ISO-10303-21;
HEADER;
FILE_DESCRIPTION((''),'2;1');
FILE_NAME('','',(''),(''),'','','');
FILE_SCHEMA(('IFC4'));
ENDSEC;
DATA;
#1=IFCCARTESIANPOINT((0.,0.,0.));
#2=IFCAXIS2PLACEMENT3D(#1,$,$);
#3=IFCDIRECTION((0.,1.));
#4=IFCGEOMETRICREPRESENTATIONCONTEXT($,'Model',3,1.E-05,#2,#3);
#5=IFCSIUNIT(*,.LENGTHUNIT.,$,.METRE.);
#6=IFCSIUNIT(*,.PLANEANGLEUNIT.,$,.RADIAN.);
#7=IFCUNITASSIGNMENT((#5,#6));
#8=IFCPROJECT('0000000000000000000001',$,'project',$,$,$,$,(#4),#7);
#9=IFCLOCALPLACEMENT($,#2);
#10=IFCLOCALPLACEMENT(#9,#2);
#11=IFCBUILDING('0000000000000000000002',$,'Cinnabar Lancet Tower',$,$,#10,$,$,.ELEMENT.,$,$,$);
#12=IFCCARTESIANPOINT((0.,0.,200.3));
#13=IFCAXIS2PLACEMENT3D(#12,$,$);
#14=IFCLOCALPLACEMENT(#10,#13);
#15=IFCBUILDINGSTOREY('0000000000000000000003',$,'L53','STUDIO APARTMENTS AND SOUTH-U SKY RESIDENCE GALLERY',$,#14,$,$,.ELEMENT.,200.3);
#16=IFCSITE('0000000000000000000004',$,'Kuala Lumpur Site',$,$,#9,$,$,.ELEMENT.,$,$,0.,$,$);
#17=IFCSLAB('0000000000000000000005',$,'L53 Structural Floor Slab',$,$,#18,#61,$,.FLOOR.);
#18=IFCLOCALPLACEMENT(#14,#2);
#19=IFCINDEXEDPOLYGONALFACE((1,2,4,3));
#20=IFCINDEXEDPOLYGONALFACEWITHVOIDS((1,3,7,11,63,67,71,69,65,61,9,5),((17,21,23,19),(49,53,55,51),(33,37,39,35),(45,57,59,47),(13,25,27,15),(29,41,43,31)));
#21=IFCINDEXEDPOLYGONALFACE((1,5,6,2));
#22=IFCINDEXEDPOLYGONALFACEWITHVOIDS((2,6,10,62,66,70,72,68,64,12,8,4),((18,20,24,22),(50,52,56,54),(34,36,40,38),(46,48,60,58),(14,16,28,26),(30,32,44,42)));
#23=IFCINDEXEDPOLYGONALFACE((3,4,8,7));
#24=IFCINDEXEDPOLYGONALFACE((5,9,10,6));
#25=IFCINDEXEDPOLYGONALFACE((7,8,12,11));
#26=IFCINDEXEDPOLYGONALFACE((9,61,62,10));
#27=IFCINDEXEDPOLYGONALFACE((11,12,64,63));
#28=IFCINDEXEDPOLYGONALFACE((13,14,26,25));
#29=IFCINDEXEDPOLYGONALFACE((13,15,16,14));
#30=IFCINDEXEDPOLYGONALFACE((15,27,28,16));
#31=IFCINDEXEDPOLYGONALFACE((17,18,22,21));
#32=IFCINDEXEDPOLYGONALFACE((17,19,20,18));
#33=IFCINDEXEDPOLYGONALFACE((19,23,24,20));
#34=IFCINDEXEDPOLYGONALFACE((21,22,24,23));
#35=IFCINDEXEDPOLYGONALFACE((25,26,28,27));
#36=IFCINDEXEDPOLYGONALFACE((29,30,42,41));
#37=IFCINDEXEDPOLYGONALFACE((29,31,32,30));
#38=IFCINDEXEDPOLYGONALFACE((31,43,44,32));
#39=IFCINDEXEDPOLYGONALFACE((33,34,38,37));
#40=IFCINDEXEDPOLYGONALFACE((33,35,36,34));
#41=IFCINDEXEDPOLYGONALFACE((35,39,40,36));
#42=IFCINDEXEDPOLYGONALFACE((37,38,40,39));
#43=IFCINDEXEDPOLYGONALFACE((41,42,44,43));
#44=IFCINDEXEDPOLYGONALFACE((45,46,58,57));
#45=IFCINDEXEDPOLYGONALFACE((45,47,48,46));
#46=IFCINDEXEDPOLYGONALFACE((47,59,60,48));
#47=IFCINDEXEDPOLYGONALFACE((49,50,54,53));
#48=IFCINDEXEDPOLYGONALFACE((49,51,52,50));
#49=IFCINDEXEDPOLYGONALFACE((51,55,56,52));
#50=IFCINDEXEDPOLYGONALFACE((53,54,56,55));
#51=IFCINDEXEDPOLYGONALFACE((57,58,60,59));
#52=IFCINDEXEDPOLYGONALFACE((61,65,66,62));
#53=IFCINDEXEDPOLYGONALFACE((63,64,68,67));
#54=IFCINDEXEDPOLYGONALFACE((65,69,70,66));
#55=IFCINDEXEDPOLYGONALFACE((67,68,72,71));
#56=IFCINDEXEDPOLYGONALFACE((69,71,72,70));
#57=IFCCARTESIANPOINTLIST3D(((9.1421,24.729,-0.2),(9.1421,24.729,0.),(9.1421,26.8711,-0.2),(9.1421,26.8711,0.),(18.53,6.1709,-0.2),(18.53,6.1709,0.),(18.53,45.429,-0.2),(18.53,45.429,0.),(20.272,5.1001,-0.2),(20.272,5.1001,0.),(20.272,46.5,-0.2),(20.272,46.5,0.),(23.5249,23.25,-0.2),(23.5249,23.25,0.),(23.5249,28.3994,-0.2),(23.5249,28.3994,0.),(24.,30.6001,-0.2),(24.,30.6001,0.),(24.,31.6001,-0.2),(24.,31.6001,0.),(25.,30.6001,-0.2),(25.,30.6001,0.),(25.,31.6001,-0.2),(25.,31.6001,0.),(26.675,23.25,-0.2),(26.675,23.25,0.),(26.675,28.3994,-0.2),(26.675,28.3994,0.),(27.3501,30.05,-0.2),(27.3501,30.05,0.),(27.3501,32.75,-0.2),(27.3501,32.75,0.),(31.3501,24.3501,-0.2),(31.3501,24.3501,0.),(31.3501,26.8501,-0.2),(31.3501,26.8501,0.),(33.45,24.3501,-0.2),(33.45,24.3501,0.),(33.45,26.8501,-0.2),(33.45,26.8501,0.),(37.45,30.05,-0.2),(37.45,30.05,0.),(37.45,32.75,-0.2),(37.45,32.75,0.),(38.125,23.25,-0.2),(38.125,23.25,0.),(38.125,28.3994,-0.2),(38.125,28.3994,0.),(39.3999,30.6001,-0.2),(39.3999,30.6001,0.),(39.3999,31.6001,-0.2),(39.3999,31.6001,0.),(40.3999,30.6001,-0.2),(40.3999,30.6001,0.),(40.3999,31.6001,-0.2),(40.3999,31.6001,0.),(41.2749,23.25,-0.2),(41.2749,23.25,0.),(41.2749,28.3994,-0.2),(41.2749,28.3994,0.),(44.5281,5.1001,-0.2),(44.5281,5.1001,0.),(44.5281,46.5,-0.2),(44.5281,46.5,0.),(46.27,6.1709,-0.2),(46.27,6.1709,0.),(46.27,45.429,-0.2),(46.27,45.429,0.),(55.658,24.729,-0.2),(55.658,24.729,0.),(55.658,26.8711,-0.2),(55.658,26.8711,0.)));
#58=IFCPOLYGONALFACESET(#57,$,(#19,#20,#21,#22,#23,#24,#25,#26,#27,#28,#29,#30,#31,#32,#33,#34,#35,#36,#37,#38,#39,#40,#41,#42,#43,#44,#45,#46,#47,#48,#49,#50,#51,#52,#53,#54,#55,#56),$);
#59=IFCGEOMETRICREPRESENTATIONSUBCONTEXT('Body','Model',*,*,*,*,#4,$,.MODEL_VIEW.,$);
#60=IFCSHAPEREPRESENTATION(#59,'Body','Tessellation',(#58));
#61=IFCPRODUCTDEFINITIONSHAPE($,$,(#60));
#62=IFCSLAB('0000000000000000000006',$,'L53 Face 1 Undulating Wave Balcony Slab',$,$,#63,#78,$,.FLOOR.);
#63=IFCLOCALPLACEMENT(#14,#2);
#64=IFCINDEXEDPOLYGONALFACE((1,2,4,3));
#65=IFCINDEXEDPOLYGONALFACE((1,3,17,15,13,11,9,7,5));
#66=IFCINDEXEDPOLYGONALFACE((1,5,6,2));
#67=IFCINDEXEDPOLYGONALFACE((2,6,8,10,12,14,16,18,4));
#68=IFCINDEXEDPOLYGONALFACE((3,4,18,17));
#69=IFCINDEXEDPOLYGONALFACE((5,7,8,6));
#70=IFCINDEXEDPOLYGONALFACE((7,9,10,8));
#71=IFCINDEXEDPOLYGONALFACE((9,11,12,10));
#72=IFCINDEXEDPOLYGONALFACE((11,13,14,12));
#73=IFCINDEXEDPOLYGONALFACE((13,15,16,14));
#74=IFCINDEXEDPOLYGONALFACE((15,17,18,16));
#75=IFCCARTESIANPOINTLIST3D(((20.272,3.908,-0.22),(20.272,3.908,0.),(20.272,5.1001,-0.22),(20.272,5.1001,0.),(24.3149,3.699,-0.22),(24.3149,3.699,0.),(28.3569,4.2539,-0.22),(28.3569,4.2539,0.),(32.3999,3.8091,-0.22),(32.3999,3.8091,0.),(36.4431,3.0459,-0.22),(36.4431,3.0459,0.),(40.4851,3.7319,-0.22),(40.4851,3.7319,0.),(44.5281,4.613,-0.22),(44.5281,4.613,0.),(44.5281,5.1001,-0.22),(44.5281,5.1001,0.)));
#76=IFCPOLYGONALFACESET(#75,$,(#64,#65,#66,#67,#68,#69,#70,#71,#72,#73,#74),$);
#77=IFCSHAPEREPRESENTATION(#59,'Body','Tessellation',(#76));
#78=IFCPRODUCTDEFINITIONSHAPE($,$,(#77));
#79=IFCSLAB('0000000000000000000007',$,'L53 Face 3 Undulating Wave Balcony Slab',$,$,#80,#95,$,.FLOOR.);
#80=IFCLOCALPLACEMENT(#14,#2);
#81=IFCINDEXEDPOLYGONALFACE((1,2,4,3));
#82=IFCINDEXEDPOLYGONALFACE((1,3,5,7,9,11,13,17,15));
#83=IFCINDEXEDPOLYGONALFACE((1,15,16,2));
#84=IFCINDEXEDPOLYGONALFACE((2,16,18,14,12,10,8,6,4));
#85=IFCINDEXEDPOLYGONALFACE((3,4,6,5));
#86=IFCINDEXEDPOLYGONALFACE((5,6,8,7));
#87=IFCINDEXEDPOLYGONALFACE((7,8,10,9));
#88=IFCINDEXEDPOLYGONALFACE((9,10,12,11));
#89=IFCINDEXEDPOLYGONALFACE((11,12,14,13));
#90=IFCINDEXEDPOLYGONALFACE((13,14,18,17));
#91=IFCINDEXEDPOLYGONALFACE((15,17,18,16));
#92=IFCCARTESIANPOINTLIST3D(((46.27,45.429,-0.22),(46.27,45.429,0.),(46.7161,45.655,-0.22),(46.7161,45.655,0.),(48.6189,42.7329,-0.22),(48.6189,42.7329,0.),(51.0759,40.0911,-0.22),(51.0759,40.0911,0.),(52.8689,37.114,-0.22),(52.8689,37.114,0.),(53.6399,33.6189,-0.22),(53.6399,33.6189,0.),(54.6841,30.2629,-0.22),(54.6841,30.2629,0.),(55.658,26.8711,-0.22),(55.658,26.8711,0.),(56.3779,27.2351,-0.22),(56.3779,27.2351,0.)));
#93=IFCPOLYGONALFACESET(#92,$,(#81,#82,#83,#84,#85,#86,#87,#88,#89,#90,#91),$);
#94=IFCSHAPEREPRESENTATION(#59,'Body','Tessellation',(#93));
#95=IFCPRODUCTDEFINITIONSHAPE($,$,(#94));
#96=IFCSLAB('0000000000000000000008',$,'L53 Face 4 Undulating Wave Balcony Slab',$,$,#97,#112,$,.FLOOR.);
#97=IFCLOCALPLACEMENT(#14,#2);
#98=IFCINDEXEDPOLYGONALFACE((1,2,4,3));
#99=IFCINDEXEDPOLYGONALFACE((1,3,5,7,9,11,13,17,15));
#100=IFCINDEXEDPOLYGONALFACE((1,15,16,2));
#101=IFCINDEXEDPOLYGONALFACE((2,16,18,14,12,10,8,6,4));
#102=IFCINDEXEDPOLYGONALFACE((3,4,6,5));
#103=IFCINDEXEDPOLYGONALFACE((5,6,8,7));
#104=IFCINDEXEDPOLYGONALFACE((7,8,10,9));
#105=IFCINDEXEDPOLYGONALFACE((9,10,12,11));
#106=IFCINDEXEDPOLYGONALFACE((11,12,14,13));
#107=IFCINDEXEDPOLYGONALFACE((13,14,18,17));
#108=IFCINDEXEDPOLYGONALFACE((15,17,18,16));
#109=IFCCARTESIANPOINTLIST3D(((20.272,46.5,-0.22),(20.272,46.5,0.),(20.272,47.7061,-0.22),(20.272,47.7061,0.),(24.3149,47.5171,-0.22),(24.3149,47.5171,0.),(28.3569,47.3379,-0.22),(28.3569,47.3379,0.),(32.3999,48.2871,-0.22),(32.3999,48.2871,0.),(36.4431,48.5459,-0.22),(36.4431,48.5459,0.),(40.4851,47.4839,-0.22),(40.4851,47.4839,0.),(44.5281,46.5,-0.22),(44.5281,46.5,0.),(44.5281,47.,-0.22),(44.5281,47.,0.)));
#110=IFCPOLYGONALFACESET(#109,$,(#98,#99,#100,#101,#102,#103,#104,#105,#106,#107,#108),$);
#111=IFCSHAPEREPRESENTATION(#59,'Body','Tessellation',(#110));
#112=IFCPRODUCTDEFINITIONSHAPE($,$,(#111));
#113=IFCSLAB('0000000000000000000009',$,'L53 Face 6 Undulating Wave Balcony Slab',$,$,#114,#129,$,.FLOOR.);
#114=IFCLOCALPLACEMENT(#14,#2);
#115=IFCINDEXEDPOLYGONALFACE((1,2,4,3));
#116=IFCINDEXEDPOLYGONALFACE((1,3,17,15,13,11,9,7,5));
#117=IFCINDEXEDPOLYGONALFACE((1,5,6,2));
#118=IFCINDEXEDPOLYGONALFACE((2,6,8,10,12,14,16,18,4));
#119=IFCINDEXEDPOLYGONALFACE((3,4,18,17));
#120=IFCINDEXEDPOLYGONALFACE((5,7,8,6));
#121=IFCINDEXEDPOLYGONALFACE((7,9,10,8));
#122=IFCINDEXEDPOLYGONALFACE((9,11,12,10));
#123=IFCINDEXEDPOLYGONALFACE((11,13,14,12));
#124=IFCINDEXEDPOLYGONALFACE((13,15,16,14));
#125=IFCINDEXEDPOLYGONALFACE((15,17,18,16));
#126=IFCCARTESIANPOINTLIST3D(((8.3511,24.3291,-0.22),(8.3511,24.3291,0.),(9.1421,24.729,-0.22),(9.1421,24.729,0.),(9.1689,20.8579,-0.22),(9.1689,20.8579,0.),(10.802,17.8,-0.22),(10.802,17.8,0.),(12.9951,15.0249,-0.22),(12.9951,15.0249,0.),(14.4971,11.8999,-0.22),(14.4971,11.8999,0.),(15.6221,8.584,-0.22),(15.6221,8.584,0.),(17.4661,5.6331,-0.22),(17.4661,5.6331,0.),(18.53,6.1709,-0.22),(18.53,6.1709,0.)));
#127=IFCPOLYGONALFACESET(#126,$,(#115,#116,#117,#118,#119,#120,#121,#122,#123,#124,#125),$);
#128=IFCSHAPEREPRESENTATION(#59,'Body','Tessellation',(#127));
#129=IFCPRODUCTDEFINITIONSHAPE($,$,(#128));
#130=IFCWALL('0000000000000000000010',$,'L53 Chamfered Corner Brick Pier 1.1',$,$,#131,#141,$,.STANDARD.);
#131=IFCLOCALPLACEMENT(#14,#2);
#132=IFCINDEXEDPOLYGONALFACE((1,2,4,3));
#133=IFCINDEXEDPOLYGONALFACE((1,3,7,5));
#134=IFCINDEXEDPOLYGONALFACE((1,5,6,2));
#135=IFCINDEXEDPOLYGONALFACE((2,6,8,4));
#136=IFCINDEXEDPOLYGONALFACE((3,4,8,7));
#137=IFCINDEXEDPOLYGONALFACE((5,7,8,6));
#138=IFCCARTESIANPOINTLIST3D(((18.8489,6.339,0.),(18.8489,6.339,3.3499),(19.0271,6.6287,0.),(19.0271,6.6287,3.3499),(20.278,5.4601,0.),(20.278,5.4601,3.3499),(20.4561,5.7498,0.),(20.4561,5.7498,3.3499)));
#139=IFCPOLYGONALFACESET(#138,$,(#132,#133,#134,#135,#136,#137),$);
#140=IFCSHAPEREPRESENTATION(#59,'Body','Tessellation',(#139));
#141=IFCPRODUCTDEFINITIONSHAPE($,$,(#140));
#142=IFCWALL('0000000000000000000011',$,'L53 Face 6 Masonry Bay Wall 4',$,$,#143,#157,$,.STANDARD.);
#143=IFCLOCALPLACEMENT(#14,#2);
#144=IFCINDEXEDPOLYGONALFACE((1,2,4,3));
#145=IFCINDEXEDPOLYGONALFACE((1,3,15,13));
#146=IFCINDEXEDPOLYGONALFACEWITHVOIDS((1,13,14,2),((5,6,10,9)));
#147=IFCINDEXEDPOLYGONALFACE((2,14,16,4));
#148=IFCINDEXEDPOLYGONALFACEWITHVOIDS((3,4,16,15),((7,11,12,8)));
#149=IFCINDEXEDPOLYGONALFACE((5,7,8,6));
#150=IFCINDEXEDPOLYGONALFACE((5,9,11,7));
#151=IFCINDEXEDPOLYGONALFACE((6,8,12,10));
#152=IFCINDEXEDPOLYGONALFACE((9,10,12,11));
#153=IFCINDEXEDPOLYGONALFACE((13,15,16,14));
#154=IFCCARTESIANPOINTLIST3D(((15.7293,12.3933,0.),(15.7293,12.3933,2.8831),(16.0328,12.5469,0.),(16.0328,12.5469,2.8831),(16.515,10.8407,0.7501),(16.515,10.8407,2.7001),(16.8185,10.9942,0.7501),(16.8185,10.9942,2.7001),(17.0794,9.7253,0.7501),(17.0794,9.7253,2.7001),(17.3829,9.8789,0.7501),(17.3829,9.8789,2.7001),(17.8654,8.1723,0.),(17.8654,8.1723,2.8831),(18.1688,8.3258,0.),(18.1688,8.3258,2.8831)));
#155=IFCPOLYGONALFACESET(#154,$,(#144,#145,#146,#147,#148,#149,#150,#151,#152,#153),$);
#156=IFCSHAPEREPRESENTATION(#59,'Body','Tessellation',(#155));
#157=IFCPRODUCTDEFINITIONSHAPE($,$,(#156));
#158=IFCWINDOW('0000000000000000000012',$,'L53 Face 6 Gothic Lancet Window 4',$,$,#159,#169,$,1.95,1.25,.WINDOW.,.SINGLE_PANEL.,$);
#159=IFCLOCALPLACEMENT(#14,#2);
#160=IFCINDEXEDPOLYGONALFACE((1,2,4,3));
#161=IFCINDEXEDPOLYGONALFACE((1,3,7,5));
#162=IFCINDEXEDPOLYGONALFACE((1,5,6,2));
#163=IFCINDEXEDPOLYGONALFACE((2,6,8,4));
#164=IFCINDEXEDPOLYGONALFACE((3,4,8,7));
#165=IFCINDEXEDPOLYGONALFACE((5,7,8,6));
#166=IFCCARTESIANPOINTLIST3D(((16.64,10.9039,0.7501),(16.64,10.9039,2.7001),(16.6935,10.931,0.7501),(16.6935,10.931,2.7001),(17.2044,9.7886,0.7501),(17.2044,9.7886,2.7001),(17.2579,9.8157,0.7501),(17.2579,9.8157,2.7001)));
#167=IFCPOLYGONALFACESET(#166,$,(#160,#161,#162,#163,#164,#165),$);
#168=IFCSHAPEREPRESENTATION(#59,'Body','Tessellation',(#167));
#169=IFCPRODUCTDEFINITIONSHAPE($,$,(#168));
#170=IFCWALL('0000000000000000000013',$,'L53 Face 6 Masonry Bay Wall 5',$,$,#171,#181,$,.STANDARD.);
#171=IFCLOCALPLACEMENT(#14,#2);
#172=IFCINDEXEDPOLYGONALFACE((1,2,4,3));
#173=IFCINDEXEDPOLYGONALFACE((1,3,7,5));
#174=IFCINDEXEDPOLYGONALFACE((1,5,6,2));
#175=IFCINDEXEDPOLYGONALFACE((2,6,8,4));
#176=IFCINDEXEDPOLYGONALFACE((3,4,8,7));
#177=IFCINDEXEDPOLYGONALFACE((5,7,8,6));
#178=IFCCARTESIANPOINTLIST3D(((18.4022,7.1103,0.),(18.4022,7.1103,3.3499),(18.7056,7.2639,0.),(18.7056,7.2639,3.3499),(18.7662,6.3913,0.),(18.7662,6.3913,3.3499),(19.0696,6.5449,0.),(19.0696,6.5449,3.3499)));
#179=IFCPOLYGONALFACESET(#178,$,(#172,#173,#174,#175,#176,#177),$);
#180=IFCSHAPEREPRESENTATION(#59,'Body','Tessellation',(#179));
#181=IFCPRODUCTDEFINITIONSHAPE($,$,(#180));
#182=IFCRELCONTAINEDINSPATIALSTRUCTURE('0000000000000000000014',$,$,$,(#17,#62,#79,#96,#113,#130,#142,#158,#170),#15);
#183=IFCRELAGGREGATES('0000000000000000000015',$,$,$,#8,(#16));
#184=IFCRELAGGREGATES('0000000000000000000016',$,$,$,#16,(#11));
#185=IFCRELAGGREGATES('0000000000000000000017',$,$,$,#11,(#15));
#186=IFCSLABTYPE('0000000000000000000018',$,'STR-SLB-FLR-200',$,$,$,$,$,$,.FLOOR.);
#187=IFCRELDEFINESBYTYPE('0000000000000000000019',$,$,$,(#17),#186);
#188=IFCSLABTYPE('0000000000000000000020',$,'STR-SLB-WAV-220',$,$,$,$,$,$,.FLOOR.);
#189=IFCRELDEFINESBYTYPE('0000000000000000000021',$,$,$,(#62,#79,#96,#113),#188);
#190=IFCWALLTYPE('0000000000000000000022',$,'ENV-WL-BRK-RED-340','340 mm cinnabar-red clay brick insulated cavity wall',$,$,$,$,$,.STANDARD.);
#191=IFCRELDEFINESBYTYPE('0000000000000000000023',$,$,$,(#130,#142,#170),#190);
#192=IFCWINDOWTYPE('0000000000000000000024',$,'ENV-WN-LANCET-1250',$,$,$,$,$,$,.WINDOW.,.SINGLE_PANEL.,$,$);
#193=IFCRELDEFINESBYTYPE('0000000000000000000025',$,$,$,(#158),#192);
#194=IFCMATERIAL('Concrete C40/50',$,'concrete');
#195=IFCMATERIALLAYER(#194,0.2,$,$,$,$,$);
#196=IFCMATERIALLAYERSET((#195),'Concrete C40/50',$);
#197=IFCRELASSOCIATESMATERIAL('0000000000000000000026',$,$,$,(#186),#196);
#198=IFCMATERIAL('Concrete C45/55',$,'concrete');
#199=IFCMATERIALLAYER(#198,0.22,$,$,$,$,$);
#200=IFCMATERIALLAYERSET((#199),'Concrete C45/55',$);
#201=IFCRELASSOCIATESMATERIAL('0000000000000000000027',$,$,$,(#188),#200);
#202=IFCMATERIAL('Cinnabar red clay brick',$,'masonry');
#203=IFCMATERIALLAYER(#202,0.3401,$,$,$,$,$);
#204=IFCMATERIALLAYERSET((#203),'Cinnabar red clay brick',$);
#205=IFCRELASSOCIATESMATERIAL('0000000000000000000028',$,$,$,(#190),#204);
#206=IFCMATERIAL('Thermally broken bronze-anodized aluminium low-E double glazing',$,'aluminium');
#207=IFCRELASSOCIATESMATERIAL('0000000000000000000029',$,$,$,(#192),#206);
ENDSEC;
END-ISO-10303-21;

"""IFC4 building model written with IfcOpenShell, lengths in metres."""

from ifc_helpers import new_model, si_unit, direction, frame, frame_2d, origin, place, context, subcontext, project, spatial, polyline, rectangle, outline, extrude, material, layer, layer_set, type_object, element, fill, save


model = new_model("IFC4")

# Units and contexts
model_context = context("Model", 3, precision=1e-05, world=origin(), true_north=direction((0.0, 1.0)))
body_context = subcontext(model_context, "Body", "Model", "MODEL_VIEW")
ifc_project = project(units=[si_unit("LENGTHUNIT", "METRE"), si_unit("PLANEANGLEUNIT", "RADIAN")], contexts=[model_context])

# Site, building, storey
site_placement = place(None, origin())
site = spatial("IfcSite", under=ifc_project, at=site_placement, Name="Kuala Lumpur Site", CompositionType="ELEMENT", RefElevation=0.0)
building_placement = place(site_placement, origin())
building = spatial("IfcBuilding", under=site, at=building_placement, Name="Cinnabar Lancet Tower", CompositionType="ELEMENT")
storey_placement = place(building_placement, frame((0.0, 0.0, 200.3)))
storey = spatial("IfcBuildingStorey", under=building, at=storey_placement, Name="L53", Description="STUDIO APARTMENTS AND SOUTH-U SKY RESIDENCE GALLERY", CompositionType="ELEMENT", Elevation=200.3)

# Slabs
ifc_material_1 = material(Name="Concrete C40/50", Category="concrete")
ifc_layer_1 = layer(ifc_material_1, 0.2)
ifc_layer_set_1 = layer_set([ifc_layer_1], Name="Concrete C40/50")
slab_type_1 = type_object("IfcSlabType", Name="STR-SLB-FLR-200", PredefinedType="FLOOR", material=ifc_layer_set_1)
slab_1_placement = place(storey_placement, frame((0.0, 0.0, -0.2)))
element("IfcSlab", 1, at=slab_1_placement, inside=storey, type_object=slab_type_1, Name="L53 Structural Floor Slab", PredefinedType="FLOOR", context=body_context, shape_type="SweptSolid", body=[
    extrude(outline(polyline([(18.53, 6.1709), (20.272, 5.1001), (44.5281, 5.1001), (46.27, 6.1709), (55.658, 24.729), (55.658, 26.8711), (46.27, 45.429), (44.5281, 46.5), (20.272, 46.5), (18.53, 45.429), (9.1421, 26.8711), (9.1421, 24.729), (18.53, 6.1709)]), holes=[polyline([(23.5249, 23.25), (26.675, 23.25), (26.675, 28.3994), (23.5249, 28.3994), (23.5249, 23.25)]), polyline([(38.125, 23.25), (41.2749, 23.25), (41.2749, 28.3994), (38.125, 28.3994), (38.125, 23.25)]), polyline([(27.3501, 30.05), (37.45, 30.05), (37.45, 32.75), (27.3501, 32.75), (27.3501, 30.05)]), polyline([(31.3501, 24.3501), (33.45, 24.3501), (33.45, 26.8501), (31.3501, 26.8501), (31.3501, 24.3501)]), polyline([(24.0, 30.6001), (25.0, 30.6001), (25.0, 31.6001), (24.0, 31.6001), (24.0, 30.6001)]), polyline([(39.3999, 30.6001), (40.3999, 30.6001), (40.3999, 31.6001), (39.3999, 31.6001), (39.3999, 30.6001)])]), origin(), (0.0, 0.0, 1.0), 0.2),
])
ifc_material_2 = material(Name="Concrete C45/55", Category="concrete")
ifc_layer_2 = layer(ifc_material_2, 0.22)
ifc_layer_set_2 = layer_set([ifc_layer_2], Name="Concrete C45/55")
slab_type_2 = type_object("IfcSlabType", Name="STR-SLB-WAV-220", PredefinedType="FLOOR", material=ifc_layer_set_2)
slab_2_placement = place(storey_placement, frame((0.0, 0.0, -0.22)))
element("IfcSlab", 2, at=slab_2_placement, inside=storey, type_object=slab_type_2, Name="L53 Face 1 Undulating Wave Balcony Slab", PredefinedType="FLOOR", context=body_context, shape_type="SweptSolid", body=[
    extrude(outline(polyline([(20.272, 5.1001), (20.272, 3.908), (24.3149, 3.699), (28.3569, 4.2539), (32.3999, 3.8091), (36.4431, 3.0459), (40.4851, 3.7319), (44.5281, 4.613), (44.5281, 5.1001), (20.272, 5.1001)])), origin(), (0.0, 0.0, 1.0), 0.22),
])
slab_3_placement = place(storey_placement, frame((0.0, 0.0, -0.22)))
element("IfcSlab", 3, at=slab_3_placement, inside=storey, type_object=slab_type_2, Name="L53 Face 3 Undulating Wave Balcony Slab", PredefinedType="FLOOR", context=body_context, shape_type="SweptSolid", body=[
    extrude(outline(polyline([(55.658, 26.8711), (56.3779, 27.2351), (54.6841, 30.2629), (53.6399, 33.6189), (52.8689, 37.114), (51.0759, 40.0911), (48.6189, 42.7329), (46.7161, 45.655), (46.27, 45.429), (55.658, 26.8711)])), origin(), (0.0, 0.0, 1.0), 0.22),
])
slab_4_placement = place(storey_placement, frame((0.0, 0.0, -0.22)))
element("IfcSlab", 4, at=slab_4_placement, inside=storey, type_object=slab_type_2, Name="L53 Face 4 Undulating Wave Balcony Slab", PredefinedType="FLOOR", context=body_context, shape_type="SweptSolid", body=[
    extrude(outline(polyline([(44.5281, 46.5), (44.5281, 47.0), (40.4851, 47.4839), (36.4431, 48.5459), (32.3999, 48.2871), (28.3569, 47.3379), (24.3149, 47.5171), (20.272, 47.7061), (20.272, 46.5), (44.5281, 46.5)])), origin(), (0.0, 0.0, 1.0), 0.22),
])
slab_5_placement = place(storey_placement, frame((0.0, 0.0, -0.22)))
element("IfcSlab", 5, at=slab_5_placement, inside=storey, type_object=slab_type_2, Name="L53 Face 6 Undulating Wave Balcony Slab", PredefinedType="FLOOR", context=body_context, shape_type="SweptSolid", body=[
    extrude(outline(polyline([(9.1421, 24.729), (8.3511, 24.3291), (9.1689, 20.8579), (10.802, 17.8), (12.9951, 15.0249), (14.4971, 11.8999), (15.6221, 8.584), (17.4661, 5.6331), (18.53, 6.1709), (9.1421, 24.729)])), origin(), (0.0, 0.0, 1.0), 0.22),
])

# Wall
ifc_material_3 = material(Name="Cinnabar red clay brick", Category="masonry")
ifc_layer_3 = layer(ifc_material_3, 0.3401)
ifc_layer_set_3 = layer_set([ifc_layer_3], Name="Cinnabar red clay brick")
wall_type = type_object("IfcWallType", Name="ENV-WL-BRK-RED-340", Description="340 mm cinnabar-red clay brick insulated cavity wall", PredefinedType="STANDARD", material=ifc_layer_set_3)
wall_1_placement = place(storey_placement, frame((18.938, 6.4839, 0.0), z_axis=(0.0, 0.0, 1.0), x_axis=(0.851778, -0.523903, 0.0)))
element("IfcWall", 6, at=wall_1_placement, inside=storey, type_object=wall_type, Name="L53 Chamfered Corner Brick Pier 1.1", PredefinedType="STANDARD", context=body_context, shape_type="SweptSolid", body=[
    extrude(rectangle(XDim=1.6777, YDim=0.3401, at=frame_2d((0.8389, 0.0))), origin(), (0.0, 0.0, 1.0), 3.3499),
])

# Wall, opening, window
wall_2_placement = place(storey_placement, frame((15.8811, 12.47, 0.0), z_axis=(0.0, 0.0, 1.0), x_axis=(0.451523, -0.89226, 0.0)))
wall_2 = element("IfcWall", 7, at=wall_2_placement, inside=storey, type_object=wall_type, Name="L53 Face 6 Masonry Bay Wall 4", PredefinedType="STANDARD", context=body_context, shape_type="SweptSolid", body=[
    extrude(rectangle(XDim=4.7307, YDim=0.3401, at=frame_2d((2.3652, 0.0))), origin(), (0.0, 0.0, 1.0), 2.8831),
])
opening_placement = place(wall_2_placement, frame((1.74, 0.0, 0.75)))
opening = element("IfcOpeningElement", 8, at=opening_placement, cuts=wall_2, PredefinedType="OPENING", context=body_context, shape_type="SweptSolid", body=[
    extrude(rectangle(XDim=1.25, YDim=1.95, at=frame_2d((0.625, 0.9751))), frame((0.0, 0.1799, 0.0), z_axis=(0.0, -1.0, 0.0), x_axis=(1.0, 0.0, 0.0)), (0.0, 0.0, 1.0), 0.3601),
])
ifc_material_4 = material(Name="Thermally broken bronze-anodized aluminium low-E double glazing", Category="aluminium")
window_type = type_object("IfcWindowType", Name="ENV-WN-LANCET-1250", PartitioningType="SINGLE_PANEL", PredefinedType="WINDOW", material=ifc_material_4)
window_placement = place(opening_placement, origin())
window = element("IfcWindow", 9, at=window_placement, inside=storey, type_object=window_type, Name="L53 Face 6 Gothic Lancet Window 4", OverallHeight=1.95, OverallWidth=1.25, PartitioningType="SINGLE_PANEL", PredefinedType="WINDOW", context=body_context, shape_type="SweptSolid", body=[
    extrude(rectangle(XDim=1.25, YDim=1.95, at=frame_2d((0.625, 0.9751))), frame((0.0, 0.03, 0.0), z_axis=(0.0, -1.0, 0.0), x_axis=(1.0, 0.0, 0.0)), (0.0, 0.0, 1.0), 0.0601),
])
fill(opening, window)

# Wall
wall_3_placement = place(storey_placement, frame((18.554, 7.187, 0.0), z_axis=(0.0, 0.0, 1.0), x_axis=(0.451692, -0.892174, 0.0)))
element("IfcWall", 10, at=wall_3_placement, inside=storey, type_object=wall_type, Name="L53 Face 6 Masonry Bay Wall 5", PredefinedType="STANDARD", context=body_context, shape_type="SweptSolid", body=[
    extrude(rectangle(XDim=0.8059, YDim=0.3401, at=frame_2d((0.4028, 0.0))), origin(), (0.0, 0.0, 1.0), 3.3499),
])

save(model, "model.ifc")
